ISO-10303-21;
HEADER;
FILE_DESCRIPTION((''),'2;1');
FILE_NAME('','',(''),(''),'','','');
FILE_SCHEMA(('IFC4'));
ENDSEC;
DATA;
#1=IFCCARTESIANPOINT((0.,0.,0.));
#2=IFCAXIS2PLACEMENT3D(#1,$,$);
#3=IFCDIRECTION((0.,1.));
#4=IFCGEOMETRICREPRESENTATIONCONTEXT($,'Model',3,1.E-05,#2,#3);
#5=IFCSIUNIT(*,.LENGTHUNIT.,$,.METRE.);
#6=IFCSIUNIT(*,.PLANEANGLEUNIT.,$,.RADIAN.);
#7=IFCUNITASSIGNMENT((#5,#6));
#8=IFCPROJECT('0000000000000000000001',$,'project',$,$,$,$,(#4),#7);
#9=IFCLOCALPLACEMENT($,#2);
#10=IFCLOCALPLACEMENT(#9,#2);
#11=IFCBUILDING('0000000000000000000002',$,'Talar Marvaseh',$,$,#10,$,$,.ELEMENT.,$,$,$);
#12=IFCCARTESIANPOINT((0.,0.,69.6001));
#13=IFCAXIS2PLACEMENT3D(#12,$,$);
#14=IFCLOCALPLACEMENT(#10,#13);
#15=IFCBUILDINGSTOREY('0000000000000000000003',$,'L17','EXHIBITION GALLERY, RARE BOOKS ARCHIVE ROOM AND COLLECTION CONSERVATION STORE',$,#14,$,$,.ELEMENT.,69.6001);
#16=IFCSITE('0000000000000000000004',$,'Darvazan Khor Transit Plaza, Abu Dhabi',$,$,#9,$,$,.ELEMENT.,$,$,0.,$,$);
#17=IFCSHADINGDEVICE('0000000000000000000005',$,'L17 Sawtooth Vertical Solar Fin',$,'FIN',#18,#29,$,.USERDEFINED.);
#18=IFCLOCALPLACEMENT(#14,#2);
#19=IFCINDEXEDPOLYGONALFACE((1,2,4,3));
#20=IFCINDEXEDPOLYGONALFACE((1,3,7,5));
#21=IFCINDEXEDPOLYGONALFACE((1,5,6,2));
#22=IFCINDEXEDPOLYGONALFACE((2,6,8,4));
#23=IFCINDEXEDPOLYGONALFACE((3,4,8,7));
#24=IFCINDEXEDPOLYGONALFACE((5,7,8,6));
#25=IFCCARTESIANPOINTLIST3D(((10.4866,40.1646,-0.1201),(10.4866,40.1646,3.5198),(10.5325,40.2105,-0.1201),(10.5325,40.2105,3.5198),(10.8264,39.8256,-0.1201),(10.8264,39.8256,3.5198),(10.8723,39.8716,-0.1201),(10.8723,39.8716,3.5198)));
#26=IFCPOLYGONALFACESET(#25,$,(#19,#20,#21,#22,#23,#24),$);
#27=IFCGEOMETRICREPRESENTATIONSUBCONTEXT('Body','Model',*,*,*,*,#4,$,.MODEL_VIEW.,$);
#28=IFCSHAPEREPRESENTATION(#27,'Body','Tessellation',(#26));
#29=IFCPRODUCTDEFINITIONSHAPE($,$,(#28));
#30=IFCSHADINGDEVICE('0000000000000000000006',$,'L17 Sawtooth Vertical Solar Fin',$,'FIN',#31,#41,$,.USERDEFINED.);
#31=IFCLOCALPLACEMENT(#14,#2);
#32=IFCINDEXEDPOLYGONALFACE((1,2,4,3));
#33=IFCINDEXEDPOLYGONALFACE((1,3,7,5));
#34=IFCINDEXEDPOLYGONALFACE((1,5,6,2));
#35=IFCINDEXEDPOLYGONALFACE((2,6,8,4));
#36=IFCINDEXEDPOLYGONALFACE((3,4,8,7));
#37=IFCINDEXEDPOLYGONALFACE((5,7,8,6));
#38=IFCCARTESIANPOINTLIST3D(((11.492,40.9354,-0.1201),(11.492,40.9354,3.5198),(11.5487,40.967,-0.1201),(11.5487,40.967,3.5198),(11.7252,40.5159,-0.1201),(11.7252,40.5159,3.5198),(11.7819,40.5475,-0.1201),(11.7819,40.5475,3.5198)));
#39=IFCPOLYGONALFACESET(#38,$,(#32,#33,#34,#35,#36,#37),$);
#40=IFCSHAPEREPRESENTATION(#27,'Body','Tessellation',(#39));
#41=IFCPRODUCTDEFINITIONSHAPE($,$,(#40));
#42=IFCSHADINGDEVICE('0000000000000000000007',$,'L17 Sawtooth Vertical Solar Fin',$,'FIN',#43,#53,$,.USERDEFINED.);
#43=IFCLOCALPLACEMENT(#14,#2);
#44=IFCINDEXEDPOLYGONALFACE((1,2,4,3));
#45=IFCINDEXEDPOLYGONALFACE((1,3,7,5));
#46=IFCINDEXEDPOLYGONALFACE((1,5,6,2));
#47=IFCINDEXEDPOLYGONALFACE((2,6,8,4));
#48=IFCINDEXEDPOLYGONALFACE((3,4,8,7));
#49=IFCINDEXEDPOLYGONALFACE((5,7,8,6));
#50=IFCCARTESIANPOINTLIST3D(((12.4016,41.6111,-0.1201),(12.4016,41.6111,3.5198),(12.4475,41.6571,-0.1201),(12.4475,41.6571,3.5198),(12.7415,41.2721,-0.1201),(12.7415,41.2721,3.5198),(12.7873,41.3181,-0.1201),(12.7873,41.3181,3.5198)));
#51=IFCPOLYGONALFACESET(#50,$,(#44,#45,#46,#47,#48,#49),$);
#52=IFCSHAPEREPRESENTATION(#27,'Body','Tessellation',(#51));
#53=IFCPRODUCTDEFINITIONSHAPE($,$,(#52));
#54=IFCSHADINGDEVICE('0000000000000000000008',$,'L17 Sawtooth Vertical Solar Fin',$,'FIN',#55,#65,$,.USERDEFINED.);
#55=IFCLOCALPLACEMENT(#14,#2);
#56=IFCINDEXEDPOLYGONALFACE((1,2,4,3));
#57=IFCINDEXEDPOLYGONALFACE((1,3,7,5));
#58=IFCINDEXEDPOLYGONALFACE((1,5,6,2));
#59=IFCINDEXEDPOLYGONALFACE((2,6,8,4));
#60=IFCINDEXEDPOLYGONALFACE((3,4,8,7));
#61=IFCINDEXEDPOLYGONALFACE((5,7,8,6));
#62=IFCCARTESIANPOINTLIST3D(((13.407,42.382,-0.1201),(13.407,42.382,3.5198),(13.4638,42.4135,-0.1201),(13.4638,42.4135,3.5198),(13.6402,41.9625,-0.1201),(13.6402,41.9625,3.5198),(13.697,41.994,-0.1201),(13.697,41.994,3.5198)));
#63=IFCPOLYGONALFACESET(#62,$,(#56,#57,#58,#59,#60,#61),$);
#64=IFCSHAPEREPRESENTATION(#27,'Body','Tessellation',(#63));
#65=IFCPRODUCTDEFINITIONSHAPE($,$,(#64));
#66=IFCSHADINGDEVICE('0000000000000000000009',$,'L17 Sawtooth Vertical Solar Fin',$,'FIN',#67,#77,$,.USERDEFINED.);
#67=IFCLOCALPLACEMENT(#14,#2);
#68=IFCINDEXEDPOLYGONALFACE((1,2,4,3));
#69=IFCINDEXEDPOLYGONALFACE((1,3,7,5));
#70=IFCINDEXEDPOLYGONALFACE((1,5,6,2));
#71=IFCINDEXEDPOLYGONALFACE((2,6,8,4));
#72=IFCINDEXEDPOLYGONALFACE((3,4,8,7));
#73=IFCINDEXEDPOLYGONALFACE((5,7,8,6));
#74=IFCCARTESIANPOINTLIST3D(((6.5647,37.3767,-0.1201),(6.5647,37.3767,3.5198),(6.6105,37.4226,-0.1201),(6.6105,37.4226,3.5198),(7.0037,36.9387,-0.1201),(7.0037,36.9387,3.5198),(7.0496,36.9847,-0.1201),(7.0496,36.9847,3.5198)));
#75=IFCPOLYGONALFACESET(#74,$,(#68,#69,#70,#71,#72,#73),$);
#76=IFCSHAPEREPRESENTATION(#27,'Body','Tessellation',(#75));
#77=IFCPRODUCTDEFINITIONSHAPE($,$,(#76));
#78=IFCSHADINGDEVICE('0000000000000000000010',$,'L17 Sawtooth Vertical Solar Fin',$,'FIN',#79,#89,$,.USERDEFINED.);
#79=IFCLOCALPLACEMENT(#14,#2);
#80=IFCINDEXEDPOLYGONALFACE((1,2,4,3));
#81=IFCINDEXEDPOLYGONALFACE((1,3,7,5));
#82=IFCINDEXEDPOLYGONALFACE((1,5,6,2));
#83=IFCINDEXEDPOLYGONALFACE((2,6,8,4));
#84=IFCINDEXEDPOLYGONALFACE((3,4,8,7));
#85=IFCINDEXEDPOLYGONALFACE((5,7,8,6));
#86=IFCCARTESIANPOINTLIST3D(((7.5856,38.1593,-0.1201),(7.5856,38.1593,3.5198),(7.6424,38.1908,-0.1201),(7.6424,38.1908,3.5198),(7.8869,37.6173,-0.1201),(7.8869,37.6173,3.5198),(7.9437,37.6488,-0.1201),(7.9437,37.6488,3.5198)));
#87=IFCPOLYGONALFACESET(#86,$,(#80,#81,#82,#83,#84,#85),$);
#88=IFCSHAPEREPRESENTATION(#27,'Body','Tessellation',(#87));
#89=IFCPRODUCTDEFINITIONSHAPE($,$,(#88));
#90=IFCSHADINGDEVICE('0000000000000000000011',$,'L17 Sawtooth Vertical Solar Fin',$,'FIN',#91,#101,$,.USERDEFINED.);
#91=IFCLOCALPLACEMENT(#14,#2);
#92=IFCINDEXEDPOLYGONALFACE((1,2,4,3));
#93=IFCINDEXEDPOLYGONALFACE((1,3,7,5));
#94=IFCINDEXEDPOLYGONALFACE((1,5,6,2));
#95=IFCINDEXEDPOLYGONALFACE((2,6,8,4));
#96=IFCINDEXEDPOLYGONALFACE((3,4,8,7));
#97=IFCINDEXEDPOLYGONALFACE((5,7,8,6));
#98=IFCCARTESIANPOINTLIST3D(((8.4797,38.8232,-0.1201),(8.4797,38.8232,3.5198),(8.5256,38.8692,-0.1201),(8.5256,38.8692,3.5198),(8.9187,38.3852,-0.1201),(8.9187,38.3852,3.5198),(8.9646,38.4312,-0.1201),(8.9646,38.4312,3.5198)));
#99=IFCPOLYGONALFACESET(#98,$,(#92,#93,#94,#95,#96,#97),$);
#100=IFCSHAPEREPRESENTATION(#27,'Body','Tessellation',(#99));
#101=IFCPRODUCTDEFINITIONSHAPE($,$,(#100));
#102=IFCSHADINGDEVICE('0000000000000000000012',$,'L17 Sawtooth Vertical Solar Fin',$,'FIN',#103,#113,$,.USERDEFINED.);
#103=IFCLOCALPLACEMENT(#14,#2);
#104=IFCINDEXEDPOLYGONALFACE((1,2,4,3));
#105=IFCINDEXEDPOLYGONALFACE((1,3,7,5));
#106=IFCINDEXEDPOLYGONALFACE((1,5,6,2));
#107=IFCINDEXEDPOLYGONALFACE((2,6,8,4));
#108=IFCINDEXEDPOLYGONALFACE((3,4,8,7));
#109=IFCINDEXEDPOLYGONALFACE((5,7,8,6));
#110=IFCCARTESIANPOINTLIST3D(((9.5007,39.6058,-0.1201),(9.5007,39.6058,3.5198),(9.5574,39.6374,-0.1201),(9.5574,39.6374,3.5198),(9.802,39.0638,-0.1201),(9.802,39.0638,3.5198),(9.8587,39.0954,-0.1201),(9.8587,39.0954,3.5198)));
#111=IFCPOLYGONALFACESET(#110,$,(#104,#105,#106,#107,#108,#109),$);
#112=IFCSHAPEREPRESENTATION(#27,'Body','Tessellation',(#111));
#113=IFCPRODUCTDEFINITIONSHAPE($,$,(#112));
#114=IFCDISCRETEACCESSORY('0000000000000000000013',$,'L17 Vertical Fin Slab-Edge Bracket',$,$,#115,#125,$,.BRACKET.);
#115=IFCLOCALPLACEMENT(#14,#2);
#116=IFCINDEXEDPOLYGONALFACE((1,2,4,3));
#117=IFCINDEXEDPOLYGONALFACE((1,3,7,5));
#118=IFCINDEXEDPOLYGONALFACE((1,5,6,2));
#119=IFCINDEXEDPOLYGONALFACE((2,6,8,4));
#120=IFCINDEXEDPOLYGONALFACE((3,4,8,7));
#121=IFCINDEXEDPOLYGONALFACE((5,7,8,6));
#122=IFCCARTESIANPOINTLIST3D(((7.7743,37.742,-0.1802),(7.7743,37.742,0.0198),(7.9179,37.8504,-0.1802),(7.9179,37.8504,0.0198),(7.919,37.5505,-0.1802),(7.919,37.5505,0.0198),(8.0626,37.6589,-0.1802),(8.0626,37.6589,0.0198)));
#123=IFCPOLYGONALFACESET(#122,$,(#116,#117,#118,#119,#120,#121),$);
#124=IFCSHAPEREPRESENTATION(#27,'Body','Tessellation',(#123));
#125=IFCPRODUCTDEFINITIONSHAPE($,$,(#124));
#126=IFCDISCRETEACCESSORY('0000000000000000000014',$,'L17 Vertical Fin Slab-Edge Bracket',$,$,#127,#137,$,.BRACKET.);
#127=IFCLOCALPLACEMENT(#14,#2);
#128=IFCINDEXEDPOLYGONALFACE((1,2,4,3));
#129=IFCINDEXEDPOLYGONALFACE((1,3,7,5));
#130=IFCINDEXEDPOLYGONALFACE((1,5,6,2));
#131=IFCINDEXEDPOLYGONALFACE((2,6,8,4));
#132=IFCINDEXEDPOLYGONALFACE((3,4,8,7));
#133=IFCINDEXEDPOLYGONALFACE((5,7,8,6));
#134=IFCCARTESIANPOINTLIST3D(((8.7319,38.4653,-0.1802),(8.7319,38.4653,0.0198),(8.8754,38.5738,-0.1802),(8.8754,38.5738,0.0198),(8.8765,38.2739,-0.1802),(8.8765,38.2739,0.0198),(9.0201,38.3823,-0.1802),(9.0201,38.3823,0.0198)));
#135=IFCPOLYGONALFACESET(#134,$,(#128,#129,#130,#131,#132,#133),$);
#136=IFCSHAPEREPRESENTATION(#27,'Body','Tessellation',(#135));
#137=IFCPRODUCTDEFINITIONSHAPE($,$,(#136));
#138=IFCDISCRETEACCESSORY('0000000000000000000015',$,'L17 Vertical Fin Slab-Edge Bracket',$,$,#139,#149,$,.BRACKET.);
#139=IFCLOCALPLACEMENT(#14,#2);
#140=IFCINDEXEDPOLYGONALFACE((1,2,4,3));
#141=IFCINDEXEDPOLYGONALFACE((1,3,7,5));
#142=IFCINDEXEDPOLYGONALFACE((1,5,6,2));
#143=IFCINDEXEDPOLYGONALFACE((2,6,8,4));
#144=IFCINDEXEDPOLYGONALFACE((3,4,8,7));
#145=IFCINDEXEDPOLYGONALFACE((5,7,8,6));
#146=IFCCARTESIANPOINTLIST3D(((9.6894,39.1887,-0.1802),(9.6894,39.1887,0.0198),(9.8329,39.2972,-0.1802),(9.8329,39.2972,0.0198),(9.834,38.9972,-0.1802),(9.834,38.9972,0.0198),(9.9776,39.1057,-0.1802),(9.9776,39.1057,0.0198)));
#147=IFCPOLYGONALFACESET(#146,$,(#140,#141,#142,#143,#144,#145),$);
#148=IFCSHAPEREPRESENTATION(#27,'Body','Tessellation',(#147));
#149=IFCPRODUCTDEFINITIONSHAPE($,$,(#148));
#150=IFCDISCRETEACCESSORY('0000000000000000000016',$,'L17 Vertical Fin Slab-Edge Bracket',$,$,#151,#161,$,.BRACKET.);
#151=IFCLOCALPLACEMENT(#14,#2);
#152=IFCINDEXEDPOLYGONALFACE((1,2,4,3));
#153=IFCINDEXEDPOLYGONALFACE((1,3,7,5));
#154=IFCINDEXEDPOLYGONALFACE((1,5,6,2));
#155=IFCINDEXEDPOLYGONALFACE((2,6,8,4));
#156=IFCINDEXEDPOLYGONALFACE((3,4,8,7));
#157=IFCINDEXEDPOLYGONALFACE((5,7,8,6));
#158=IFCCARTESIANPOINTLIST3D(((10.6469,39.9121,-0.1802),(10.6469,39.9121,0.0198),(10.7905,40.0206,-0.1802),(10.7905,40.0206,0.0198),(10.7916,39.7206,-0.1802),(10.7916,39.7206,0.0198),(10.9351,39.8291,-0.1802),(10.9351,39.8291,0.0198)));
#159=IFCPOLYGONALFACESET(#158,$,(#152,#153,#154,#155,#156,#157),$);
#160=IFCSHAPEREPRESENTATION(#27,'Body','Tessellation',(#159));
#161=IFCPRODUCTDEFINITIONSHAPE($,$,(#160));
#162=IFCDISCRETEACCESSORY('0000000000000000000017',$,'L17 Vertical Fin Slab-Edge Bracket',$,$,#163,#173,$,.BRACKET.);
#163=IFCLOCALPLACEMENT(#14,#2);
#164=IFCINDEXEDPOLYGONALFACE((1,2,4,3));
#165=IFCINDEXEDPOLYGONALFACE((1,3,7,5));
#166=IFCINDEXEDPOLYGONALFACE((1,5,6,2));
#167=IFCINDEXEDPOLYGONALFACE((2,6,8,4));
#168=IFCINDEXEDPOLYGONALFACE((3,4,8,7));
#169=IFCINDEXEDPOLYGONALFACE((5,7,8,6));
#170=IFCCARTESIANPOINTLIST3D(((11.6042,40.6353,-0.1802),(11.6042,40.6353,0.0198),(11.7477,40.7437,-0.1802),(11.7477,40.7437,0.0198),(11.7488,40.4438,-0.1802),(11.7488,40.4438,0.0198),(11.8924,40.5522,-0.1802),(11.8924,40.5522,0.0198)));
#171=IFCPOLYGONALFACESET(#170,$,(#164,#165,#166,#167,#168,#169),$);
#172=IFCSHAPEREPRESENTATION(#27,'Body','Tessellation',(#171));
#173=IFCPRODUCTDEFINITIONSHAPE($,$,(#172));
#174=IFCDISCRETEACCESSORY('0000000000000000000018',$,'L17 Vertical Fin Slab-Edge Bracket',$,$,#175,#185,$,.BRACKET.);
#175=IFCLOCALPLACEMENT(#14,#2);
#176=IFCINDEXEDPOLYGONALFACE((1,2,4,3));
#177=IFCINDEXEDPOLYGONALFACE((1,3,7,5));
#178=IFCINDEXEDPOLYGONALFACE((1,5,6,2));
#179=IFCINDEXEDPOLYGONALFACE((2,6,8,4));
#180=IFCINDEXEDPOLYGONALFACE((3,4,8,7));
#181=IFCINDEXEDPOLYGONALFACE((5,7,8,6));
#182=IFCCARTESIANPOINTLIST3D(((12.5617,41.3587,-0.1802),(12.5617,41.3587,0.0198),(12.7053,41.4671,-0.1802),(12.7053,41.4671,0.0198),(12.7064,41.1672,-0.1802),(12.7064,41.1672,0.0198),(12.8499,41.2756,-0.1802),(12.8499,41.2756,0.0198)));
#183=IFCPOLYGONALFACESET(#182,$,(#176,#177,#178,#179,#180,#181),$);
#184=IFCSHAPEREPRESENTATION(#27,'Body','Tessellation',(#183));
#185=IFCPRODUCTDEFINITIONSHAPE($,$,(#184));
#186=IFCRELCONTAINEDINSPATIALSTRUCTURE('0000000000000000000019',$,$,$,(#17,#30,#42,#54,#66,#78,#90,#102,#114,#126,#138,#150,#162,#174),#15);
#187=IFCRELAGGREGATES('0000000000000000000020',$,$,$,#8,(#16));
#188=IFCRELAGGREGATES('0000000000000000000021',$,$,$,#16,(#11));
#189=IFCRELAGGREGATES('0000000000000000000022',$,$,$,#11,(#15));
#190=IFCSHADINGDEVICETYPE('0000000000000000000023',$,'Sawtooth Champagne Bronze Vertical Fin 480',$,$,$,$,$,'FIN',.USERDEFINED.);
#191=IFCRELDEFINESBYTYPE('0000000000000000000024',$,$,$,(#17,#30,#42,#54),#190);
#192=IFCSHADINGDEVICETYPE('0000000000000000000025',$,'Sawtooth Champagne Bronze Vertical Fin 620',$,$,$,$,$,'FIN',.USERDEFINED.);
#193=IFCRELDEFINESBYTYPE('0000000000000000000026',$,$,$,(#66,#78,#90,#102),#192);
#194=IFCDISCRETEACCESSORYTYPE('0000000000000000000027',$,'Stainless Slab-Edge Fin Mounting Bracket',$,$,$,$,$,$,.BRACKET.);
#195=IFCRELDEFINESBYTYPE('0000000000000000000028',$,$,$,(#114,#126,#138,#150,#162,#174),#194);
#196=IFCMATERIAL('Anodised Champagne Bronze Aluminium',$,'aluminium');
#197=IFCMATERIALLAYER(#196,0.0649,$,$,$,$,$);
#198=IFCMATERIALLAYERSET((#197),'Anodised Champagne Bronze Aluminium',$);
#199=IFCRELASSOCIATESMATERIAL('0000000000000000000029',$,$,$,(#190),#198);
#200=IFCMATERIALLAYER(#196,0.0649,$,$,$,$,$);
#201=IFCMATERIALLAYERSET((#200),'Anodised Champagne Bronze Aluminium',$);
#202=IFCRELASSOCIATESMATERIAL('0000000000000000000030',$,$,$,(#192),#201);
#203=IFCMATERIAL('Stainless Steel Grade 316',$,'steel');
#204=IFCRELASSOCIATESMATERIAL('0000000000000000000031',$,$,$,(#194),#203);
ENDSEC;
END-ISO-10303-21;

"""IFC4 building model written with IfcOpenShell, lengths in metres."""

from ifc_helpers import new_model, si_unit, direction, frame, origin, origin_2d, place, context, subcontext, project, spatial, rectangle, extrude, source, transform, mapped, material, layer, layer_set, type_object, type_shapes, element, save


model = new_model("IFC4")

# Units and contexts
model_context = context("Model", 3, precision=1e-05, world=origin(), true_north=direction((0.0, 1.0)))
body_context = subcontext(model_context, "Body", "Model", "MODEL_VIEW")
ifc_project = project(units=[si_unit("LENGTHUNIT", "METRE"), si_unit("PLANEANGLEUNIT", "RADIAN")], contexts=[model_context])

# Site, building, storey
site_placement = place(None, origin())
site = spatial("IfcSite", under=ifc_project, at=site_placement, Name="Darvazan Khor Transit Plaza, Abu Dhabi", CompositionType="ELEMENT", RefElevation=0.0)
building_placement = place(site_placement, origin())
building = spatial("IfcBuilding", under=site, at=building_placement, Name="Talar Marvaseh", CompositionType="ELEMENT")
storey_placement = place(building_placement, frame((0.0, 0.0, 69.6001)))
storey = spatial("IfcBuildingStorey", under=building, at=storey_placement, Name="L17", Description="EXHIBITION GALLERY, RARE BOOKS ARCHIVE ROOM AND COLLECTION CONSERVATION STORE", CompositionType="ELEMENT", Elevation=69.6001)

# Shading devices
ifc_material_1 = material(Name="Anodised Champagne Bronze Aluminium", Category="aluminium")
ifc_layer_1 = layer(ifc_material_1, 0.0649)
ifc_layer_set_1 = layer_set([ifc_layer_1], Name="Anodised Champagne Bronze Aluminium")
shading_device_type_1 = type_object("IfcShadingDeviceType", Name="Sawtooth Champagne Bronze Vertical Fin 480", ElementType="FIN", PredefinedType="USERDEFINED", material=ifc_layer_set_1)
shared_shape_1 = source(origin(), body_context, "Body", "SweptSolid", [
    extrude(rectangle(XDim=0.48, YDim=0.0649, at=origin_2d()), origin(), (0.0, 0.0, 1.0), 3.6399),
])
type_shapes(shading_device_type_1, [shared_shape_1])
for number, where, z_axis, x_axis, name in (
    (1, (10.6794, 40.0181, -0.1201), (0.0, 0.0, 1.0), (-0.70797, 0.706242, 0.0), "L17 Sawtooth Vertical Solar Fin"),
    (2, (11.637, 40.7415, -0.1201), (0.0, 0.0, 1.0), (-0.485878, 0.874027, 0.0), "L17 Sawtooth Vertical Solar Fin"),
    (3, (12.5945, 41.4646, -0.1201), (0.0, 0.0, 1.0), (-0.70797, 0.706242, 0.0), "L17 Sawtooth Vertical Solar Fin"),
    (4, (13.552, 42.188, -0.1201), (0.0, 0.0, 1.0), (-0.485878, 0.874027, 0.0), "L17 Sawtooth Vertical Solar Fin"),
):
    element("IfcShadingDevice", number, at=place(storey_placement, frame(where, z_axis=z_axis, x_axis=x_axis)), inside=storey, type_object=shading_device_type_1, Name=name, ObjectType="FIN", PredefinedType="USERDEFINED", context=body_context, shape_type="MappedRepresentation", body=[
        mapped(shared_shape_1, transform((0.0, 0.0, 0.0), x_axis=(1.0, 0.0, 0.0), y_axis=(0.0, 1.0, 0.0), z_axis=(0.0, 0.0, 1.0), scale=1.0)),
    ])
ifc_layer_2 = layer(ifc_material_1, 0.0649)
ifc_layer_set_2 = layer_set([ifc_layer_2], Name="Anodised Champagne Bronze Aluminium")
shading_device_type_2 = type_object("IfcShadingDeviceType", Name="Sawtooth Champagne Bronze Vertical Fin 620", ElementType="FIN", PredefinedType="USERDEFINED", material=ifc_layer_set_2)
shared_shape_2 = source(origin(), body_context, "Body", "SweptSolid", [
    extrude(rectangle(XDim=0.6201, YDim=0.0649, at=origin_2d()), origin(), (0.0, 0.0, 1.0), 3.6399),
])
type_shapes(shading_device_type_2, [shared_shape_2])
for number, where, z_axis, x_axis, name in (
    (5, (6.8071, 37.1807, -0.1201), (0.0, 0.0, 1.0), (-0.70797, 0.706242, 0.0), "L17 Sawtooth Vertical Solar Fin"),
    (6, (7.7646, 37.9041, -0.1201), (0.0, 0.0, 1.0), (-0.485878, 0.874027, 0.0), "L17 Sawtooth Vertical Solar Fin"),
    (7, (8.7222, 38.6272, -0.1201), (0.0, 0.0, 1.0), (-0.70797, 0.706242, 0.0), "L17 Sawtooth Vertical Solar Fin"),
    (8, (9.6797, 39.3506, -0.1201), (0.0, 0.0, 1.0), (-0.485878, 0.874027, 0.0), "L17 Sawtooth Vertical Solar Fin"),
):
    element("IfcShadingDevice", number, at=place(storey_placement, frame(where, z_axis=z_axis, x_axis=x_axis)), inside=storey, type_object=shading_device_type_2, Name=name, ObjectType="FIN", PredefinedType="USERDEFINED", context=body_context, shape_type="MappedRepresentation", body=[
        mapped(shared_shape_2, transform((0.0, 0.0, 0.0), x_axis=(1.0, 0.0, 0.0), y_axis=(0.0, 1.0, 0.0), z_axis=(0.0, 0.0, 1.0), scale=1.0)),
    ])

# Discrete accessories
ifc_material_2 = material(Name="Stainless Steel Grade 316", Category="steel")
discrete_accessory_type = type_object("IfcDiscreteAccessoryType", Name="Stainless Slab-Edge Fin Mounting Bracket", PredefinedType="BRACKET", material=ifc_material_2)
shared_shape_3 = source(origin(), body_context, "Body", "SweptSolid", [
    extrude(rectangle(XDim=0.24, YDim=0.1799, at=origin_2d()), origin(), (0.0, 0.0, 1.0), 0.2),
])
type_shapes(discrete_accessory_type, [shared_shape_3])
for number, where, z_axis, x_axis, name in (
    (9, (7.9185, 37.7004, -0.1802), (0.0, 0.0, 1.0), (-0.60279, 0.7979, 0.0), "L17 Vertical Fin Slab-Edge Bracket"),
    (10, (8.876, 38.4238, -0.1802), (0.0, 0.0, 1.0), (-0.60279, 0.7979, 0.0), "L17 Vertical Fin Slab-Edge Bracket"),
    (11, (9.8335, 39.1472, -0.1802), (0.0, 0.0, 1.0), (-0.60279, 0.7979, 0.0), "L17 Vertical Fin Slab-Edge Bracket"),
    (12, (10.791, 39.8706, -0.1802), (0.0, 0.0, 1.0), (-0.60279, 0.7979, 0.0), "L17 Vertical Fin Slab-Edge Bracket"),
    (13, (11.7483, 40.5938, -0.1802), (0.0, 0.0, 1.0), (-0.60279, 0.7979, 0.0), "L17 Vertical Fin Slab-Edge Bracket"),
    (14, (12.7058, 41.3171, -0.1802), (0.0, 0.0, 1.0), (-0.60279, 0.7979, 0.0), "L17 Vertical Fin Slab-Edge Bracket"),
):
    element("IfcDiscreteAccessory", number, at=place(storey_placement, frame(where, z_axis=z_axis, x_axis=x_axis)), inside=storey, type_object=discrete_accessory_type, Name=name, PredefinedType="BRACKET", context=body_context, shape_type="MappedRepresentation", body=[
        mapped(shared_shape_3, transform((0.0, 0.0, 0.0), x_axis=(1.0, 0.0, 0.0), y_axis=(0.0, 1.0, 0.0), z_axis=(0.0, 0.0, 1.0), scale=1.0)),
    ])

save(model, "model.ifc")
